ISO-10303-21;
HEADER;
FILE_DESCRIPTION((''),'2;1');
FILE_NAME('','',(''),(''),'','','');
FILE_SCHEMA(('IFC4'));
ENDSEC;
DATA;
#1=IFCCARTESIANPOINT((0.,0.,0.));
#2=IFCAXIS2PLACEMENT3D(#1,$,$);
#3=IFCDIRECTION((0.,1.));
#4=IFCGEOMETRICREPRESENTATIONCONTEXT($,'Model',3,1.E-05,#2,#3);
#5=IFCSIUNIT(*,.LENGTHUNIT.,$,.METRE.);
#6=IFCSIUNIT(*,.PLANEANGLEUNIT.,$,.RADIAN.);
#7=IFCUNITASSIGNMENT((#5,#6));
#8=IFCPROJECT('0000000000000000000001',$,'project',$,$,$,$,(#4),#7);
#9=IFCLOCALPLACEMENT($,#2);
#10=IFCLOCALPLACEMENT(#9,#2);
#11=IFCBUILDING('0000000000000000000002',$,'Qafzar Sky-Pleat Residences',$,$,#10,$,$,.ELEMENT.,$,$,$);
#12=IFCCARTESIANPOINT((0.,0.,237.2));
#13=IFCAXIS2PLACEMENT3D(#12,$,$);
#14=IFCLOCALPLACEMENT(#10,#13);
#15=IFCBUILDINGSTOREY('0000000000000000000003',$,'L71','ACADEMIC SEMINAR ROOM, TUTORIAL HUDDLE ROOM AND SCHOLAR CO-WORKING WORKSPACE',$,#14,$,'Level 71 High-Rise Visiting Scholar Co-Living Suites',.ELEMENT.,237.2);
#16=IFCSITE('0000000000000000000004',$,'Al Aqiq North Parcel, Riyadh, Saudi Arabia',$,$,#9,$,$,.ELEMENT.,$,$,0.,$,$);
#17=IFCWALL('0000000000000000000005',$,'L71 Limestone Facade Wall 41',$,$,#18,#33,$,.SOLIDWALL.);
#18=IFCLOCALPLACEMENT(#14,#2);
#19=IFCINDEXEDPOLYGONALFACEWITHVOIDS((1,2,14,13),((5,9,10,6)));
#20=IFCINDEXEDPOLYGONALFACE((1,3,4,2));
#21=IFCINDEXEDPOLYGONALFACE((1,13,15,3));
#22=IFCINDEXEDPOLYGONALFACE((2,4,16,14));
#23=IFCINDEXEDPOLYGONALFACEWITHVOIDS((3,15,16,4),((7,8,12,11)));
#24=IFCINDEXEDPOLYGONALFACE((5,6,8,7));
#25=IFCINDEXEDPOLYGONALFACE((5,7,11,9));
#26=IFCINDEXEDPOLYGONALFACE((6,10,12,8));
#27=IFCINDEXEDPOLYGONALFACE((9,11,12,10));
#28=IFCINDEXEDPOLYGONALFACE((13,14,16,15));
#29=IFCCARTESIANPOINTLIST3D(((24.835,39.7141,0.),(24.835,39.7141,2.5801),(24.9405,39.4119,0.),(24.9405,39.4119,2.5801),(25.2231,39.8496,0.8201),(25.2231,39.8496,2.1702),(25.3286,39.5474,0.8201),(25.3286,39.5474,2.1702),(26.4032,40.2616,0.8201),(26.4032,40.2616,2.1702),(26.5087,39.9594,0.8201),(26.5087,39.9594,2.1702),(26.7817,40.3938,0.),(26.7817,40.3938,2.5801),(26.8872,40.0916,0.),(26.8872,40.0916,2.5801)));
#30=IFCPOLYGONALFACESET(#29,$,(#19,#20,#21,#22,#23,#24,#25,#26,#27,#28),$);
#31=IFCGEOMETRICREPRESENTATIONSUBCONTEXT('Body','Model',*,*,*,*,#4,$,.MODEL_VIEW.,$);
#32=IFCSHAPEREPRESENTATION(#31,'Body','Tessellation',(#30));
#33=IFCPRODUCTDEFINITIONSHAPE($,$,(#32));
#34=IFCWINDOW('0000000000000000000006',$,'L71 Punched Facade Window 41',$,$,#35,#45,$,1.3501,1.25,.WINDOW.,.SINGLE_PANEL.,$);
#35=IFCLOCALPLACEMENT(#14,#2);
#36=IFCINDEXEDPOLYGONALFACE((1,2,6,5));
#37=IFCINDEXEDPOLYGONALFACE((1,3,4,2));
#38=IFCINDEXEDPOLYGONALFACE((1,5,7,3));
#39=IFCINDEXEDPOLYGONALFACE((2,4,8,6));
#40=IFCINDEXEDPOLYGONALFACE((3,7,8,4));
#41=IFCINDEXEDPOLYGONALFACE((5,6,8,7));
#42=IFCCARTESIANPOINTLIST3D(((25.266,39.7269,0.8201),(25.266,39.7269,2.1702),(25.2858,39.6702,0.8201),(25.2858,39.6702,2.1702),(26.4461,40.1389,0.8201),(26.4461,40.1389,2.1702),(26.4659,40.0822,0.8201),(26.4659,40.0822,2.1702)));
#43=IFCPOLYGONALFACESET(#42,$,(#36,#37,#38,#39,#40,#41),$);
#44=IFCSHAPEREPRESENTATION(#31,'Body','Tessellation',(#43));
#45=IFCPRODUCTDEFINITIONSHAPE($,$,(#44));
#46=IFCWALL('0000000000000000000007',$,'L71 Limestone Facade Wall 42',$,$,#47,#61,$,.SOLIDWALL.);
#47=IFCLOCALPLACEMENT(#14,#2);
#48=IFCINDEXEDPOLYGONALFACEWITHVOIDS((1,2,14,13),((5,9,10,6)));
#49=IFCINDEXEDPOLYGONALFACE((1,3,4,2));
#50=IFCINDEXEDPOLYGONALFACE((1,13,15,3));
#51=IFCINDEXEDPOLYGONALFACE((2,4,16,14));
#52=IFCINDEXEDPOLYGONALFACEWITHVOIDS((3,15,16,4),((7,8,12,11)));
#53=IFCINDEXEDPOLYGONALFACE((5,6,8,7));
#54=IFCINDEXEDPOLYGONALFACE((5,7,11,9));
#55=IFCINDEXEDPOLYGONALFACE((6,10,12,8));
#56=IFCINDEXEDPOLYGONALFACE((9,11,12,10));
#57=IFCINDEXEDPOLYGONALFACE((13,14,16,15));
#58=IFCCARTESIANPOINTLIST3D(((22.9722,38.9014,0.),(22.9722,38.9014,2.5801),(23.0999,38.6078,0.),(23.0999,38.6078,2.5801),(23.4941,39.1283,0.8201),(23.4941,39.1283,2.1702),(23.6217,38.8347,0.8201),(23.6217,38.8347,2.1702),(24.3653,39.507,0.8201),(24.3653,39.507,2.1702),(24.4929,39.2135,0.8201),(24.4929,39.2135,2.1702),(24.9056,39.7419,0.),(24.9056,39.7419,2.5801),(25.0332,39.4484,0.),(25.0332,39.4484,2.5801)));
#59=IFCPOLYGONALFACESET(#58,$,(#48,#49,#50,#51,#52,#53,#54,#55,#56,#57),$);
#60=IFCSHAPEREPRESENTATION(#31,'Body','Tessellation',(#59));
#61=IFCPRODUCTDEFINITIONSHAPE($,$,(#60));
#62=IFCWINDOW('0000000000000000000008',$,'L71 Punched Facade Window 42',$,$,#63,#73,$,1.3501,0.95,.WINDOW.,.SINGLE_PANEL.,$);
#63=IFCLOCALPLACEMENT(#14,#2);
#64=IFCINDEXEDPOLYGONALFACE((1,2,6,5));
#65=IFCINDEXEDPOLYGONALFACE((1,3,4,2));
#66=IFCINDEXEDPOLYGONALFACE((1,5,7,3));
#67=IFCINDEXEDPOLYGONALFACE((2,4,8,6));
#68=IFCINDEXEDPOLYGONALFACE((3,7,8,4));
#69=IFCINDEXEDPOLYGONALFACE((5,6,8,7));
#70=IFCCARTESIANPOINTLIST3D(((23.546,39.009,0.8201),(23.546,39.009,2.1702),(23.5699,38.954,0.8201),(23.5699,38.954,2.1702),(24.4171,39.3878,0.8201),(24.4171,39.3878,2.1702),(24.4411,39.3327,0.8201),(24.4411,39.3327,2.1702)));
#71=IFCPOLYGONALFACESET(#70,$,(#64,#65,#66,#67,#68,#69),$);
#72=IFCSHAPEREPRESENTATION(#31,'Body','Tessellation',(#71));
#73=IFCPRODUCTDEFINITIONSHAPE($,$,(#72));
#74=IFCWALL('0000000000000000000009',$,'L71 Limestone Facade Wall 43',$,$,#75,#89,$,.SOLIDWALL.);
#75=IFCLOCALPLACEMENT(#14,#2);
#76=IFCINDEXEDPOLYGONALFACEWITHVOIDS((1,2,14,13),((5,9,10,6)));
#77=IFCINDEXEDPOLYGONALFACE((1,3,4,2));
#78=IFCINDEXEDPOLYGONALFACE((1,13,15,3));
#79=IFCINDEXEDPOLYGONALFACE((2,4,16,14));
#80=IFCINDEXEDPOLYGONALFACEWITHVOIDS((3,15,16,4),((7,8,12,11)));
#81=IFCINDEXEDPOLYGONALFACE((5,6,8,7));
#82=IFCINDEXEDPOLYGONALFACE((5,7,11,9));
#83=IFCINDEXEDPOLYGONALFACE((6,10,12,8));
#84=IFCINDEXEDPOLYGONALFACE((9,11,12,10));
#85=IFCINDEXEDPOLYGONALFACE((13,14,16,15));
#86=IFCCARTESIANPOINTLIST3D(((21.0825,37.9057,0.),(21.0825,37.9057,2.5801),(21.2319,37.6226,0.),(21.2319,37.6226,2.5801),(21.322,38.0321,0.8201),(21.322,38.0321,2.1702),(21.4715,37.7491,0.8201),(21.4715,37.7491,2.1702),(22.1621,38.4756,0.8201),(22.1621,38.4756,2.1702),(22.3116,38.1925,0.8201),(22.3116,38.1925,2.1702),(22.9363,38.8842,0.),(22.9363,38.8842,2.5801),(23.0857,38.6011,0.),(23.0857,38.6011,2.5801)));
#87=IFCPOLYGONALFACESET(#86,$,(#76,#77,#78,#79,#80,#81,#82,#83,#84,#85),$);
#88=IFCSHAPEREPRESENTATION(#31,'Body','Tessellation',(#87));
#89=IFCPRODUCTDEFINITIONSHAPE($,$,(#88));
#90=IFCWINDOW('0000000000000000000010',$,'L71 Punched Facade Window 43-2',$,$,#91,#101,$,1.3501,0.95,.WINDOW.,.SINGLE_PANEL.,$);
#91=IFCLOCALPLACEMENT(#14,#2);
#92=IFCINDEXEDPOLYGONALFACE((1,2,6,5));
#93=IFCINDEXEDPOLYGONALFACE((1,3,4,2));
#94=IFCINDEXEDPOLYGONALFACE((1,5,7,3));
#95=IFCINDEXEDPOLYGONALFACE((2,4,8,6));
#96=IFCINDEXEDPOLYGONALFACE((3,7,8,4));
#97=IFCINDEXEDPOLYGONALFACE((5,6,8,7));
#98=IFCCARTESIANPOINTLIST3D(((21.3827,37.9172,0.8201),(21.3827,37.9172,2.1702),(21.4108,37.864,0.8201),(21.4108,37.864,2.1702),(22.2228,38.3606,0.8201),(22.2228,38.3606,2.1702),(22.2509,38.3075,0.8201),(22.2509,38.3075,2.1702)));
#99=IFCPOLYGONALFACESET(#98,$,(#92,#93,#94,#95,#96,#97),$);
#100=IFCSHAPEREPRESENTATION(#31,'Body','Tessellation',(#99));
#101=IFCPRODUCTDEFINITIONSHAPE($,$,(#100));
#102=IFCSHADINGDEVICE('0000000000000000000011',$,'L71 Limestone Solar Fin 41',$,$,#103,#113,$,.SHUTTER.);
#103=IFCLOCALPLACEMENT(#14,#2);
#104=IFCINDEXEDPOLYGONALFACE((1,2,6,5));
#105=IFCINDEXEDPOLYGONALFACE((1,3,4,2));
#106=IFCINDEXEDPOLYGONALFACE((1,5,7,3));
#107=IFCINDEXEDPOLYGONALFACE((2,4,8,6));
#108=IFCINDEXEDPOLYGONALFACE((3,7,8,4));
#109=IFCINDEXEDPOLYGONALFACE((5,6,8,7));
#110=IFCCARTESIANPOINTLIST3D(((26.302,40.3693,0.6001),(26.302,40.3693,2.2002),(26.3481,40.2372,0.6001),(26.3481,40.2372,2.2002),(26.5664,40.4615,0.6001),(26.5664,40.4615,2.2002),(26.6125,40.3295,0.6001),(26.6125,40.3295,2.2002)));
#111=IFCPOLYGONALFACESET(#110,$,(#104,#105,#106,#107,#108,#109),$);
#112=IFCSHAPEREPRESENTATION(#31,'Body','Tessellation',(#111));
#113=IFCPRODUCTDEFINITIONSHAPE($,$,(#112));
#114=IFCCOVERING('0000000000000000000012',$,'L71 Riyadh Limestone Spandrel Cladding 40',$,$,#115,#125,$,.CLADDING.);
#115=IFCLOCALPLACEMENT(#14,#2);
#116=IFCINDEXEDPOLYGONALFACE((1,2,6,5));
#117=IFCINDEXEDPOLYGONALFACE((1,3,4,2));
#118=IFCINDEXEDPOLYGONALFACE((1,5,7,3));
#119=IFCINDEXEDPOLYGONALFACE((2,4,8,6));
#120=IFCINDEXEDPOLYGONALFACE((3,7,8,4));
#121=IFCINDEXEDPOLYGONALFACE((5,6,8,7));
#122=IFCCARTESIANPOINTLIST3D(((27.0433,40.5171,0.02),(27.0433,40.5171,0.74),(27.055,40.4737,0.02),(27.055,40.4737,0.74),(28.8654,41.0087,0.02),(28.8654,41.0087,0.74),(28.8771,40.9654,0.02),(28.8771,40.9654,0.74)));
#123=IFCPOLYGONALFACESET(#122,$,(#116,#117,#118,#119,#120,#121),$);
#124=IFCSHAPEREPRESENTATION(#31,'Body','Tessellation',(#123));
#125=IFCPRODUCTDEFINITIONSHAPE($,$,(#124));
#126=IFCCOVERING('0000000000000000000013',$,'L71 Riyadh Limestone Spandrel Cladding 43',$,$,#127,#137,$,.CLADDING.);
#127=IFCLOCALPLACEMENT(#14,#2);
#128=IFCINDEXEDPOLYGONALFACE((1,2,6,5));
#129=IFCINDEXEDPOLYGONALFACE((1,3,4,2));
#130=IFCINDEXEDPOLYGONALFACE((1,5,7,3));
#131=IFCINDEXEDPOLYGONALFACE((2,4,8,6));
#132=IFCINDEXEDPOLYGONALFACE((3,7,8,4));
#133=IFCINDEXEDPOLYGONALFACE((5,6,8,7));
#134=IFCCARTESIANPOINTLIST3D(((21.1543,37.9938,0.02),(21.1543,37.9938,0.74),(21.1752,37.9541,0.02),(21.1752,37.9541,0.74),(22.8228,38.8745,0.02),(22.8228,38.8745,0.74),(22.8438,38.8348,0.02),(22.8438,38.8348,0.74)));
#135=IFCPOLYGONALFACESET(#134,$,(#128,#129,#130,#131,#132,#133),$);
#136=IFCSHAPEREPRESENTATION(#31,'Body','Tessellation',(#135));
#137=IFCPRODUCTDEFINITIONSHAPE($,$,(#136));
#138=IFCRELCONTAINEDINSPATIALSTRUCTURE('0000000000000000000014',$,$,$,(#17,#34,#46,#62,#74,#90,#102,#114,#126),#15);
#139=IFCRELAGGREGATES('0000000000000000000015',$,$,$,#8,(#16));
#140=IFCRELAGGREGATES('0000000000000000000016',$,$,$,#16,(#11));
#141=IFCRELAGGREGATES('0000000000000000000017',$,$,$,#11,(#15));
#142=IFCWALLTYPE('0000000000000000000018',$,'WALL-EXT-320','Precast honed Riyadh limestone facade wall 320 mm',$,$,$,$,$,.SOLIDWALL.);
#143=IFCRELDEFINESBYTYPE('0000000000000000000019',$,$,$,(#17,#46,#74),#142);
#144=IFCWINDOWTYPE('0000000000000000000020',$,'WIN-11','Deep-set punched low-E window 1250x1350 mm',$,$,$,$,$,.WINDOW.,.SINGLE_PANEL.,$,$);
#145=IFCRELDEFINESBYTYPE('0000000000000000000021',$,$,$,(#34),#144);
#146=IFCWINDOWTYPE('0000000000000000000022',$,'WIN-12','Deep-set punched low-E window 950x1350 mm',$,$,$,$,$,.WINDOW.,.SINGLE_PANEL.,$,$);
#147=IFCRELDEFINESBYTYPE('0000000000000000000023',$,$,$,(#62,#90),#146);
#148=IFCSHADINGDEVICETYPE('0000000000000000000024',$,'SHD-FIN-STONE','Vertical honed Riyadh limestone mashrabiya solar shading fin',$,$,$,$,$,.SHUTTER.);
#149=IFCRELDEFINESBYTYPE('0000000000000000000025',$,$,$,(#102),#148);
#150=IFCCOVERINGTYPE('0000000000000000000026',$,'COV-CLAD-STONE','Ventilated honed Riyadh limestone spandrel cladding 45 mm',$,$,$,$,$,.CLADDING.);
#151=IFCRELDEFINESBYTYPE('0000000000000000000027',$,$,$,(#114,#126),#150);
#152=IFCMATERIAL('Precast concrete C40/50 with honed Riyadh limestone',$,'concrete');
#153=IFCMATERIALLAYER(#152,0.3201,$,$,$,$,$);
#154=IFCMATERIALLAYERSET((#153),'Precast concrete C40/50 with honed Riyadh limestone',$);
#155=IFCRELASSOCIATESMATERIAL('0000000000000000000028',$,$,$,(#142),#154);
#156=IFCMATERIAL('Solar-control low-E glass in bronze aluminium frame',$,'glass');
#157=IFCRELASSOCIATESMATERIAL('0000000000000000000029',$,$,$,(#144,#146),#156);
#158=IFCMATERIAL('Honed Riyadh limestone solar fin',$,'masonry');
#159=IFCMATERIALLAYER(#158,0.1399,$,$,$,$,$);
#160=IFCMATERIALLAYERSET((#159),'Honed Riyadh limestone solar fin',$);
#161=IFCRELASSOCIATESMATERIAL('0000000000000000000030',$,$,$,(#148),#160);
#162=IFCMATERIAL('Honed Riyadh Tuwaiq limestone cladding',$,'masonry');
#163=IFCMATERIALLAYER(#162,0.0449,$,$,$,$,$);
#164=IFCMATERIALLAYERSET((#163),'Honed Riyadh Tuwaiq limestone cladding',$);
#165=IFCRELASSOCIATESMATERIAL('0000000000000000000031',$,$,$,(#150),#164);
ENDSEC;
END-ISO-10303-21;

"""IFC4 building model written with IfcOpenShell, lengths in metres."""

from ifc_helpers import new_model, si_unit, direction, frame, frame_2d, origin, origin_2d, place, context, subcontext, project, spatial, rectangle, extrude, source, transform, mapped, material, layer, layer_set, type_object, element, fill, save


model = new_model("IFC4")

# Units and contexts
model_context = context("Model", 3, precision=1e-05, world=origin(), true_north=direction((0.0, 1.0)))
body_context = subcontext(model_context, "Body", "Model", "MODEL_VIEW")
ifc_project = project(units=[si_unit("LENGTHUNIT", "METRE"), si_unit("PLANEANGLEUNIT", "RADIAN")], contexts=[model_context])

# Site, building, storey
site_placement = place(None, origin())
site = spatial("IfcSite", under=ifc_project, at=site_placement, Name="Al Aqiq North Parcel, Riyadh, Saudi Arabia", CompositionType="ELEMENT", RefElevation=0.0)
building_placement = place(site_placement, origin())
building = spatial("IfcBuilding", under=site, at=building_placement, Name="Qafzar Sky-Pleat Residences", CompositionType="ELEMENT")
storey_placement = place(building_placement, frame((0.0, 0.0, 237.2)))
storey = spatial("IfcBuildingStorey", under=building, at=storey_placement, Name="L71", Description="ACADEMIC SEMINAR ROOM, TUTORIAL HUDDLE ROOM AND SCHOLAR CO-WORKING WORKSPACE", LongName="Level 71 High-Rise Visiting Scholar Co-Living Suites", CompositionType="ELEMENT", Elevation=237.2)

# Walls, openings, windows
ifc_material_1 = material(Name="Precast concrete C40/50 with honed Riyadh limestone", Category="concrete")
ifc_layer_1 = layer(ifc_material_1, 0.3201)
ifc_layer_set_1 = layer_set([ifc_layer_1], Name="Precast concrete C40/50 with honed Riyadh limestone")
wall_type_1 = type_object("IfcWallType", Name="WALL-EXT-320", Description="Precast honed Riyadh limestone facade wall 320 mm", PredefinedType="SOLIDWALL", material=ifc_layer_set_1)
wall_1_placement = place(storey_placement, frame((26.8345, 40.2427, 0.0), z_axis=(0.0, 0.0, 1.0), x_axis=(-0.944113, -0.329623, 0.0)))
wall_1 = element("IfcWall", 1, at=wall_1_placement, inside=storey, type_object=wall_type_1, Name="L71 Limestone Facade Wall 41", PredefinedType="SOLIDWALL", context=body_context, shape_type="SweptSolid", body=[
    extrude(rectangle(XDim=2.062, YDim=0.3201, at=frame_2d((1.031, 0.0))), origin(), (0.0, 0.0, 1.0), 2.5801),
])
opening_1_placement = place(wall_1_placement, frame((0.4009, 0.0, 0.8201)))
opening_1 = element("IfcOpeningElement", 2, at=opening_1_placement, cuts=wall_1, PredefinedType="OPENING", context=body_context, shape_type="SweptSolid", body=[
    extrude(rectangle(XDim=1.25, YDim=1.3501, at=frame_2d((0.625, 0.675))), frame((0.0, 0.1699, 0.0), z_axis=(0.0, -1.0, 0.0), x_axis=(1.0, 0.0, 0.0)), (0.0, 0.0, 1.0), 0.3401),
])
ifc_material_2 = material(Name="Solar-control low-E glass in bronze aluminium frame", Category="glass")
window_type_1 = type_object("IfcWindowType", Name="WIN-11", Description="Deep-set punched low-E window 1250x1350 mm", PartitioningType="SINGLE_PANEL", PredefinedType="WINDOW", material=ifc_material_2)
shared_shape_1 = source(origin(), body_context, "Body", "SweptSolid", [
    extrude(rectangle(XDim=1.25, YDim=1.3501, at=frame_2d((0.625, 0.675))), frame((0.0, 0.03, 0.0), z_axis=(0.0, -1.0, 0.0), x_axis=(1.0, 0.0, 0.0)), (0.0, 0.0, 1.0), 0.0601),
])
window_1_placement = place(opening_1_placement, origin())
window_1 = element("IfcWindow", 3, at=window_1_placement, inside=storey, type_object=window_type_1, Name="L71 Punched Facade Window 41", OverallHeight=1.3501, OverallWidth=1.25, PartitioningType="SINGLE_PANEL", PredefinedType="WINDOW", context=body_context, shape_type="MappedRepresentation", body=[
    mapped(shared_shape_1, transform((0.0, 0.0, 0.0), x_axis=(1.0, 0.0, 0.0), y_axis=(0.0, 1.0, 0.0), z_axis=(0.0, 0.0, 1.0), scale=1.0)),
])
fill(opening_1, window_1)
wall_2_placement = place(storey_placement, frame((24.9695, 39.5952, 0.0), z_axis=(0.0, 0.0, 1.0), x_axis=(-0.917072, -0.398722, 0.0)))
wall_2 = element("IfcWall", 4, at=wall_2_placement, inside=storey, type_object=wall_type_1, Name="L71 Limestone Facade Wall 42", PredefinedType="SOLIDWALL", context=body_context, shape_type="SweptSolid", body=[
    extrude(rectangle(XDim=2.1082, YDim=0.3201, at=frame_2d((1.0542, 0.0))), origin(), (0.0, 0.0, 1.0), 2.5801),
])
opening_2_placement = place(wall_2_placement, frame((0.5891, 0.0, 0.8201)))
opening_2 = element("IfcOpeningElement", 5, at=opening_2_placement, cuts=wall_2, PredefinedType="OPENING", context=body_context, shape_type="SweptSolid", body=[
    extrude(rectangle(XDim=0.95, YDim=1.3501, at=frame_2d((0.4751, 0.675))), frame((0.0, 0.1699, 0.0), z_axis=(0.0, -1.0, 0.0), x_axis=(1.0, 0.0, 0.0)), (0.0, 0.0, 1.0), 0.3401),
])
window_type_2 = type_object("IfcWindowType", Name="WIN-12", Description="Deep-set punched low-E window 950x1350 mm", PartitioningType="SINGLE_PANEL", PredefinedType="WINDOW", material=ifc_material_2)
shared_shape_2 = source(origin(), body_context, "Body", "SweptSolid", [
    extrude(rectangle(XDim=0.95, YDim=1.3501, at=frame_2d((0.4751, 0.675))), frame((0.0, 0.03, 0.0), z_axis=(0.0, -1.0, 0.0), x_axis=(1.0, 0.0, 0.0)), (0.0, 0.0, 1.0), 0.0601),
])
window_2_placement = place(opening_2_placement, origin())
window_2 = element("IfcWindow", 6, at=window_2_placement, inside=storey, type_object=window_type_2, Name="L71 Punched Facade Window 42", OverallHeight=1.3501, OverallWidth=0.95, PartitioningType="SINGLE_PANEL", PredefinedType="WINDOW", context=body_context, shape_type="MappedRepresentation", body=[
    mapped(shared_shape_2, transform((0.0, 0.0, 0.0), x_axis=(1.0, 0.0, 0.0), y_axis=(0.0, 1.0, 0.0), z_axis=(0.0, 0.0, 1.0), scale=1.0)),
])
fill(opening_2, window_2)
wall_3_placement = place(storey_placement, frame((23.011, 38.7427, 0.0), z_axis=(0.0, 0.0, 1.0), x_axis=(-0.884357, -0.466812, 0.0)))
wall_3 = element("IfcWall", 7, at=wall_3_placement, inside=storey, type_object=wall_type_1, Name="L71 Limestone Facade Wall 43", PredefinedType="SOLIDWALL", context=body_context, shape_type="SweptSolid", body=[
    extrude(rectangle(XDim=2.0962, YDim=0.3201, at=frame_2d((1.0481, 0.0))), origin(), (0.0, 0.0, 1.0), 2.5801),
])
opening_3_placement = place(wall_3_placement, frame((0.8752, 0.0, 0.8201)))
opening_3 = element("IfcOpeningElement", 8, at=opening_3_placement, cuts=wall_3, PredefinedType="OPENING", context=body_context, shape_type="SweptSolid", body=[
    extrude(rectangle(XDim=0.95, YDim=1.3501, at=frame_2d((0.4751, 0.675))), frame((0.0, 0.1699, 0.0), z_axis=(0.0, -1.0, 0.0), x_axis=(1.0, 0.0, 0.0)), (0.0, 0.0, 1.0), 0.3401),
])
window_3_placement = place(opening_3_placement, origin())
window_3 = element("IfcWindow", 9, at=window_3_placement, inside=storey, type_object=window_type_2, Name="L71 Punched Facade Window 43-2", OverallHeight=1.3501, OverallWidth=0.95, PartitioningType="SINGLE_PANEL", PredefinedType="WINDOW", context=body_context, shape_type="MappedRepresentation", body=[
    mapped(shared_shape_2, transform((0.0, 0.0, 0.0), x_axis=(1.0, 0.0, 0.0), y_axis=(0.0, 1.0, 0.0), z_axis=(0.0, 0.0, 1.0), scale=1.0)),
])
fill(opening_3, window_3)

# Shading device
ifc_material_3 = material(Name="Honed Riyadh limestone solar fin", Category="masonry")
ifc_layer_2 = layer(ifc_material_3, 0.1399)
ifc_layer_set_2 = layer_set([ifc_layer_2], Name="Honed Riyadh limestone solar fin")
shading_device_type = type_object("IfcShadingDeviceType", Name="SHD-FIN-STONE", Description="Vertical honed Riyadh limestone mashrabiya solar shading fin", PredefinedType="SHUTTER", material=ifc_layer_set_2)
shared_shape_3 = source(origin(), body_context, "Body", "SweptSolid", [
    extrude(rectangle(XDim=0.1399, YDim=0.28, at=origin_2d()), origin(), (0.0, 0.0, 1.0), 1.6001),
])
shading_device_placement = place(storey_placement, frame((26.4573, 40.3494, 0.6001), z_axis=(0.0, 0.0, 1.0), x_axis=(-0.329579, 0.944128, 0.0)))
element("IfcShadingDevice", 10, at=shading_device_placement, inside=storey, type_object=shading_device_type, Name="L71 Limestone Solar Fin 41", PredefinedType="SHUTTER", context=body_context, shape_type="MappedRepresentation", body=[
    mapped(shared_shape_3, transform((0.0, 0.0, 0.0), x_axis=(1.0, 0.0, 0.0), y_axis=(0.0, 1.0, 0.0), z_axis=(0.0, 0.0, 1.0), scale=1.0)),
])

# Coverings
ifc_material_4 = material(Name="Honed Riyadh Tuwaiq limestone cladding", Category="masonry")
ifc_layer_3 = layer(ifc_material_4, 0.0449)
ifc_layer_set_3 = layer_set([ifc_layer_3], Name="Honed Riyadh Tuwaiq limestone cladding")
covering_type = type_object("IfcCoveringType", Name="COV-CLAD-STONE", Description="Ventilated honed Riyadh limestone spandrel cladding 45 mm", PredefinedType="CLADDING", material=ifc_layer_set_3)
shared_shape_4 = source(origin(), body_context, "Body", "SweptSolid", [
    extrude(rectangle(XDim=1.8872, YDim=0.0449, at=origin_2d()), origin(), (0.0, 0.0, 1.0), 0.72),
])
covering_1_placement = place(storey_placement, frame((27.9602, 40.7412, 0.02), z_axis=(0.0, 0.0, 1.0), x_axis=(-0.965467, -0.260526, 0.0)))
element("IfcCovering", 11, at=covering_1_placement, inside=storey, type_object=covering_type, Name="L71 Riyadh Limestone Spandrel Cladding 40", PredefinedType="CLADDING", context=body_context, shape_type="MappedRepresentation", body=[
    mapped(shared_shape_4, transform((0.0, 0.0, 0.0), x_axis=(1.0, 0.0, 0.0), y_axis=(0.0, 1.0, 0.0), z_axis=(0.0, 0.0, 1.0), scale=1.0)),
])
shared_shape_5 = source(origin(), body_context, "Body", "SweptSolid", [
    extrude(rectangle(XDim=1.8867, YDim=0.0449, at=origin_2d()), origin(), (0.0, 0.0, 1.0), 0.72),
])
covering_2_placement = place(storey_placement, frame((21.999, 38.4143, 0.02), z_axis=(0.0, 0.0, 1.0), x_axis=(-0.884364, -0.466798, 0.0)))
element("IfcCovering", 12, at=covering_2_placement, inside=storey, type_object=covering_type, Name="L71 Riyadh Limestone Spandrel Cladding 43", PredefinedType="CLADDING", context=body_context, shape_type="MappedRepresentation", body=[
    mapped(shared_shape_5, transform((0.0, 0.0, 0.0), x_axis=(1.0, 0.0, 0.0), y_axis=(0.0, 1.0, 0.0), z_axis=(0.0, 0.0, 1.0), scale=1.0)),
])

save(model, "model.ifc")
